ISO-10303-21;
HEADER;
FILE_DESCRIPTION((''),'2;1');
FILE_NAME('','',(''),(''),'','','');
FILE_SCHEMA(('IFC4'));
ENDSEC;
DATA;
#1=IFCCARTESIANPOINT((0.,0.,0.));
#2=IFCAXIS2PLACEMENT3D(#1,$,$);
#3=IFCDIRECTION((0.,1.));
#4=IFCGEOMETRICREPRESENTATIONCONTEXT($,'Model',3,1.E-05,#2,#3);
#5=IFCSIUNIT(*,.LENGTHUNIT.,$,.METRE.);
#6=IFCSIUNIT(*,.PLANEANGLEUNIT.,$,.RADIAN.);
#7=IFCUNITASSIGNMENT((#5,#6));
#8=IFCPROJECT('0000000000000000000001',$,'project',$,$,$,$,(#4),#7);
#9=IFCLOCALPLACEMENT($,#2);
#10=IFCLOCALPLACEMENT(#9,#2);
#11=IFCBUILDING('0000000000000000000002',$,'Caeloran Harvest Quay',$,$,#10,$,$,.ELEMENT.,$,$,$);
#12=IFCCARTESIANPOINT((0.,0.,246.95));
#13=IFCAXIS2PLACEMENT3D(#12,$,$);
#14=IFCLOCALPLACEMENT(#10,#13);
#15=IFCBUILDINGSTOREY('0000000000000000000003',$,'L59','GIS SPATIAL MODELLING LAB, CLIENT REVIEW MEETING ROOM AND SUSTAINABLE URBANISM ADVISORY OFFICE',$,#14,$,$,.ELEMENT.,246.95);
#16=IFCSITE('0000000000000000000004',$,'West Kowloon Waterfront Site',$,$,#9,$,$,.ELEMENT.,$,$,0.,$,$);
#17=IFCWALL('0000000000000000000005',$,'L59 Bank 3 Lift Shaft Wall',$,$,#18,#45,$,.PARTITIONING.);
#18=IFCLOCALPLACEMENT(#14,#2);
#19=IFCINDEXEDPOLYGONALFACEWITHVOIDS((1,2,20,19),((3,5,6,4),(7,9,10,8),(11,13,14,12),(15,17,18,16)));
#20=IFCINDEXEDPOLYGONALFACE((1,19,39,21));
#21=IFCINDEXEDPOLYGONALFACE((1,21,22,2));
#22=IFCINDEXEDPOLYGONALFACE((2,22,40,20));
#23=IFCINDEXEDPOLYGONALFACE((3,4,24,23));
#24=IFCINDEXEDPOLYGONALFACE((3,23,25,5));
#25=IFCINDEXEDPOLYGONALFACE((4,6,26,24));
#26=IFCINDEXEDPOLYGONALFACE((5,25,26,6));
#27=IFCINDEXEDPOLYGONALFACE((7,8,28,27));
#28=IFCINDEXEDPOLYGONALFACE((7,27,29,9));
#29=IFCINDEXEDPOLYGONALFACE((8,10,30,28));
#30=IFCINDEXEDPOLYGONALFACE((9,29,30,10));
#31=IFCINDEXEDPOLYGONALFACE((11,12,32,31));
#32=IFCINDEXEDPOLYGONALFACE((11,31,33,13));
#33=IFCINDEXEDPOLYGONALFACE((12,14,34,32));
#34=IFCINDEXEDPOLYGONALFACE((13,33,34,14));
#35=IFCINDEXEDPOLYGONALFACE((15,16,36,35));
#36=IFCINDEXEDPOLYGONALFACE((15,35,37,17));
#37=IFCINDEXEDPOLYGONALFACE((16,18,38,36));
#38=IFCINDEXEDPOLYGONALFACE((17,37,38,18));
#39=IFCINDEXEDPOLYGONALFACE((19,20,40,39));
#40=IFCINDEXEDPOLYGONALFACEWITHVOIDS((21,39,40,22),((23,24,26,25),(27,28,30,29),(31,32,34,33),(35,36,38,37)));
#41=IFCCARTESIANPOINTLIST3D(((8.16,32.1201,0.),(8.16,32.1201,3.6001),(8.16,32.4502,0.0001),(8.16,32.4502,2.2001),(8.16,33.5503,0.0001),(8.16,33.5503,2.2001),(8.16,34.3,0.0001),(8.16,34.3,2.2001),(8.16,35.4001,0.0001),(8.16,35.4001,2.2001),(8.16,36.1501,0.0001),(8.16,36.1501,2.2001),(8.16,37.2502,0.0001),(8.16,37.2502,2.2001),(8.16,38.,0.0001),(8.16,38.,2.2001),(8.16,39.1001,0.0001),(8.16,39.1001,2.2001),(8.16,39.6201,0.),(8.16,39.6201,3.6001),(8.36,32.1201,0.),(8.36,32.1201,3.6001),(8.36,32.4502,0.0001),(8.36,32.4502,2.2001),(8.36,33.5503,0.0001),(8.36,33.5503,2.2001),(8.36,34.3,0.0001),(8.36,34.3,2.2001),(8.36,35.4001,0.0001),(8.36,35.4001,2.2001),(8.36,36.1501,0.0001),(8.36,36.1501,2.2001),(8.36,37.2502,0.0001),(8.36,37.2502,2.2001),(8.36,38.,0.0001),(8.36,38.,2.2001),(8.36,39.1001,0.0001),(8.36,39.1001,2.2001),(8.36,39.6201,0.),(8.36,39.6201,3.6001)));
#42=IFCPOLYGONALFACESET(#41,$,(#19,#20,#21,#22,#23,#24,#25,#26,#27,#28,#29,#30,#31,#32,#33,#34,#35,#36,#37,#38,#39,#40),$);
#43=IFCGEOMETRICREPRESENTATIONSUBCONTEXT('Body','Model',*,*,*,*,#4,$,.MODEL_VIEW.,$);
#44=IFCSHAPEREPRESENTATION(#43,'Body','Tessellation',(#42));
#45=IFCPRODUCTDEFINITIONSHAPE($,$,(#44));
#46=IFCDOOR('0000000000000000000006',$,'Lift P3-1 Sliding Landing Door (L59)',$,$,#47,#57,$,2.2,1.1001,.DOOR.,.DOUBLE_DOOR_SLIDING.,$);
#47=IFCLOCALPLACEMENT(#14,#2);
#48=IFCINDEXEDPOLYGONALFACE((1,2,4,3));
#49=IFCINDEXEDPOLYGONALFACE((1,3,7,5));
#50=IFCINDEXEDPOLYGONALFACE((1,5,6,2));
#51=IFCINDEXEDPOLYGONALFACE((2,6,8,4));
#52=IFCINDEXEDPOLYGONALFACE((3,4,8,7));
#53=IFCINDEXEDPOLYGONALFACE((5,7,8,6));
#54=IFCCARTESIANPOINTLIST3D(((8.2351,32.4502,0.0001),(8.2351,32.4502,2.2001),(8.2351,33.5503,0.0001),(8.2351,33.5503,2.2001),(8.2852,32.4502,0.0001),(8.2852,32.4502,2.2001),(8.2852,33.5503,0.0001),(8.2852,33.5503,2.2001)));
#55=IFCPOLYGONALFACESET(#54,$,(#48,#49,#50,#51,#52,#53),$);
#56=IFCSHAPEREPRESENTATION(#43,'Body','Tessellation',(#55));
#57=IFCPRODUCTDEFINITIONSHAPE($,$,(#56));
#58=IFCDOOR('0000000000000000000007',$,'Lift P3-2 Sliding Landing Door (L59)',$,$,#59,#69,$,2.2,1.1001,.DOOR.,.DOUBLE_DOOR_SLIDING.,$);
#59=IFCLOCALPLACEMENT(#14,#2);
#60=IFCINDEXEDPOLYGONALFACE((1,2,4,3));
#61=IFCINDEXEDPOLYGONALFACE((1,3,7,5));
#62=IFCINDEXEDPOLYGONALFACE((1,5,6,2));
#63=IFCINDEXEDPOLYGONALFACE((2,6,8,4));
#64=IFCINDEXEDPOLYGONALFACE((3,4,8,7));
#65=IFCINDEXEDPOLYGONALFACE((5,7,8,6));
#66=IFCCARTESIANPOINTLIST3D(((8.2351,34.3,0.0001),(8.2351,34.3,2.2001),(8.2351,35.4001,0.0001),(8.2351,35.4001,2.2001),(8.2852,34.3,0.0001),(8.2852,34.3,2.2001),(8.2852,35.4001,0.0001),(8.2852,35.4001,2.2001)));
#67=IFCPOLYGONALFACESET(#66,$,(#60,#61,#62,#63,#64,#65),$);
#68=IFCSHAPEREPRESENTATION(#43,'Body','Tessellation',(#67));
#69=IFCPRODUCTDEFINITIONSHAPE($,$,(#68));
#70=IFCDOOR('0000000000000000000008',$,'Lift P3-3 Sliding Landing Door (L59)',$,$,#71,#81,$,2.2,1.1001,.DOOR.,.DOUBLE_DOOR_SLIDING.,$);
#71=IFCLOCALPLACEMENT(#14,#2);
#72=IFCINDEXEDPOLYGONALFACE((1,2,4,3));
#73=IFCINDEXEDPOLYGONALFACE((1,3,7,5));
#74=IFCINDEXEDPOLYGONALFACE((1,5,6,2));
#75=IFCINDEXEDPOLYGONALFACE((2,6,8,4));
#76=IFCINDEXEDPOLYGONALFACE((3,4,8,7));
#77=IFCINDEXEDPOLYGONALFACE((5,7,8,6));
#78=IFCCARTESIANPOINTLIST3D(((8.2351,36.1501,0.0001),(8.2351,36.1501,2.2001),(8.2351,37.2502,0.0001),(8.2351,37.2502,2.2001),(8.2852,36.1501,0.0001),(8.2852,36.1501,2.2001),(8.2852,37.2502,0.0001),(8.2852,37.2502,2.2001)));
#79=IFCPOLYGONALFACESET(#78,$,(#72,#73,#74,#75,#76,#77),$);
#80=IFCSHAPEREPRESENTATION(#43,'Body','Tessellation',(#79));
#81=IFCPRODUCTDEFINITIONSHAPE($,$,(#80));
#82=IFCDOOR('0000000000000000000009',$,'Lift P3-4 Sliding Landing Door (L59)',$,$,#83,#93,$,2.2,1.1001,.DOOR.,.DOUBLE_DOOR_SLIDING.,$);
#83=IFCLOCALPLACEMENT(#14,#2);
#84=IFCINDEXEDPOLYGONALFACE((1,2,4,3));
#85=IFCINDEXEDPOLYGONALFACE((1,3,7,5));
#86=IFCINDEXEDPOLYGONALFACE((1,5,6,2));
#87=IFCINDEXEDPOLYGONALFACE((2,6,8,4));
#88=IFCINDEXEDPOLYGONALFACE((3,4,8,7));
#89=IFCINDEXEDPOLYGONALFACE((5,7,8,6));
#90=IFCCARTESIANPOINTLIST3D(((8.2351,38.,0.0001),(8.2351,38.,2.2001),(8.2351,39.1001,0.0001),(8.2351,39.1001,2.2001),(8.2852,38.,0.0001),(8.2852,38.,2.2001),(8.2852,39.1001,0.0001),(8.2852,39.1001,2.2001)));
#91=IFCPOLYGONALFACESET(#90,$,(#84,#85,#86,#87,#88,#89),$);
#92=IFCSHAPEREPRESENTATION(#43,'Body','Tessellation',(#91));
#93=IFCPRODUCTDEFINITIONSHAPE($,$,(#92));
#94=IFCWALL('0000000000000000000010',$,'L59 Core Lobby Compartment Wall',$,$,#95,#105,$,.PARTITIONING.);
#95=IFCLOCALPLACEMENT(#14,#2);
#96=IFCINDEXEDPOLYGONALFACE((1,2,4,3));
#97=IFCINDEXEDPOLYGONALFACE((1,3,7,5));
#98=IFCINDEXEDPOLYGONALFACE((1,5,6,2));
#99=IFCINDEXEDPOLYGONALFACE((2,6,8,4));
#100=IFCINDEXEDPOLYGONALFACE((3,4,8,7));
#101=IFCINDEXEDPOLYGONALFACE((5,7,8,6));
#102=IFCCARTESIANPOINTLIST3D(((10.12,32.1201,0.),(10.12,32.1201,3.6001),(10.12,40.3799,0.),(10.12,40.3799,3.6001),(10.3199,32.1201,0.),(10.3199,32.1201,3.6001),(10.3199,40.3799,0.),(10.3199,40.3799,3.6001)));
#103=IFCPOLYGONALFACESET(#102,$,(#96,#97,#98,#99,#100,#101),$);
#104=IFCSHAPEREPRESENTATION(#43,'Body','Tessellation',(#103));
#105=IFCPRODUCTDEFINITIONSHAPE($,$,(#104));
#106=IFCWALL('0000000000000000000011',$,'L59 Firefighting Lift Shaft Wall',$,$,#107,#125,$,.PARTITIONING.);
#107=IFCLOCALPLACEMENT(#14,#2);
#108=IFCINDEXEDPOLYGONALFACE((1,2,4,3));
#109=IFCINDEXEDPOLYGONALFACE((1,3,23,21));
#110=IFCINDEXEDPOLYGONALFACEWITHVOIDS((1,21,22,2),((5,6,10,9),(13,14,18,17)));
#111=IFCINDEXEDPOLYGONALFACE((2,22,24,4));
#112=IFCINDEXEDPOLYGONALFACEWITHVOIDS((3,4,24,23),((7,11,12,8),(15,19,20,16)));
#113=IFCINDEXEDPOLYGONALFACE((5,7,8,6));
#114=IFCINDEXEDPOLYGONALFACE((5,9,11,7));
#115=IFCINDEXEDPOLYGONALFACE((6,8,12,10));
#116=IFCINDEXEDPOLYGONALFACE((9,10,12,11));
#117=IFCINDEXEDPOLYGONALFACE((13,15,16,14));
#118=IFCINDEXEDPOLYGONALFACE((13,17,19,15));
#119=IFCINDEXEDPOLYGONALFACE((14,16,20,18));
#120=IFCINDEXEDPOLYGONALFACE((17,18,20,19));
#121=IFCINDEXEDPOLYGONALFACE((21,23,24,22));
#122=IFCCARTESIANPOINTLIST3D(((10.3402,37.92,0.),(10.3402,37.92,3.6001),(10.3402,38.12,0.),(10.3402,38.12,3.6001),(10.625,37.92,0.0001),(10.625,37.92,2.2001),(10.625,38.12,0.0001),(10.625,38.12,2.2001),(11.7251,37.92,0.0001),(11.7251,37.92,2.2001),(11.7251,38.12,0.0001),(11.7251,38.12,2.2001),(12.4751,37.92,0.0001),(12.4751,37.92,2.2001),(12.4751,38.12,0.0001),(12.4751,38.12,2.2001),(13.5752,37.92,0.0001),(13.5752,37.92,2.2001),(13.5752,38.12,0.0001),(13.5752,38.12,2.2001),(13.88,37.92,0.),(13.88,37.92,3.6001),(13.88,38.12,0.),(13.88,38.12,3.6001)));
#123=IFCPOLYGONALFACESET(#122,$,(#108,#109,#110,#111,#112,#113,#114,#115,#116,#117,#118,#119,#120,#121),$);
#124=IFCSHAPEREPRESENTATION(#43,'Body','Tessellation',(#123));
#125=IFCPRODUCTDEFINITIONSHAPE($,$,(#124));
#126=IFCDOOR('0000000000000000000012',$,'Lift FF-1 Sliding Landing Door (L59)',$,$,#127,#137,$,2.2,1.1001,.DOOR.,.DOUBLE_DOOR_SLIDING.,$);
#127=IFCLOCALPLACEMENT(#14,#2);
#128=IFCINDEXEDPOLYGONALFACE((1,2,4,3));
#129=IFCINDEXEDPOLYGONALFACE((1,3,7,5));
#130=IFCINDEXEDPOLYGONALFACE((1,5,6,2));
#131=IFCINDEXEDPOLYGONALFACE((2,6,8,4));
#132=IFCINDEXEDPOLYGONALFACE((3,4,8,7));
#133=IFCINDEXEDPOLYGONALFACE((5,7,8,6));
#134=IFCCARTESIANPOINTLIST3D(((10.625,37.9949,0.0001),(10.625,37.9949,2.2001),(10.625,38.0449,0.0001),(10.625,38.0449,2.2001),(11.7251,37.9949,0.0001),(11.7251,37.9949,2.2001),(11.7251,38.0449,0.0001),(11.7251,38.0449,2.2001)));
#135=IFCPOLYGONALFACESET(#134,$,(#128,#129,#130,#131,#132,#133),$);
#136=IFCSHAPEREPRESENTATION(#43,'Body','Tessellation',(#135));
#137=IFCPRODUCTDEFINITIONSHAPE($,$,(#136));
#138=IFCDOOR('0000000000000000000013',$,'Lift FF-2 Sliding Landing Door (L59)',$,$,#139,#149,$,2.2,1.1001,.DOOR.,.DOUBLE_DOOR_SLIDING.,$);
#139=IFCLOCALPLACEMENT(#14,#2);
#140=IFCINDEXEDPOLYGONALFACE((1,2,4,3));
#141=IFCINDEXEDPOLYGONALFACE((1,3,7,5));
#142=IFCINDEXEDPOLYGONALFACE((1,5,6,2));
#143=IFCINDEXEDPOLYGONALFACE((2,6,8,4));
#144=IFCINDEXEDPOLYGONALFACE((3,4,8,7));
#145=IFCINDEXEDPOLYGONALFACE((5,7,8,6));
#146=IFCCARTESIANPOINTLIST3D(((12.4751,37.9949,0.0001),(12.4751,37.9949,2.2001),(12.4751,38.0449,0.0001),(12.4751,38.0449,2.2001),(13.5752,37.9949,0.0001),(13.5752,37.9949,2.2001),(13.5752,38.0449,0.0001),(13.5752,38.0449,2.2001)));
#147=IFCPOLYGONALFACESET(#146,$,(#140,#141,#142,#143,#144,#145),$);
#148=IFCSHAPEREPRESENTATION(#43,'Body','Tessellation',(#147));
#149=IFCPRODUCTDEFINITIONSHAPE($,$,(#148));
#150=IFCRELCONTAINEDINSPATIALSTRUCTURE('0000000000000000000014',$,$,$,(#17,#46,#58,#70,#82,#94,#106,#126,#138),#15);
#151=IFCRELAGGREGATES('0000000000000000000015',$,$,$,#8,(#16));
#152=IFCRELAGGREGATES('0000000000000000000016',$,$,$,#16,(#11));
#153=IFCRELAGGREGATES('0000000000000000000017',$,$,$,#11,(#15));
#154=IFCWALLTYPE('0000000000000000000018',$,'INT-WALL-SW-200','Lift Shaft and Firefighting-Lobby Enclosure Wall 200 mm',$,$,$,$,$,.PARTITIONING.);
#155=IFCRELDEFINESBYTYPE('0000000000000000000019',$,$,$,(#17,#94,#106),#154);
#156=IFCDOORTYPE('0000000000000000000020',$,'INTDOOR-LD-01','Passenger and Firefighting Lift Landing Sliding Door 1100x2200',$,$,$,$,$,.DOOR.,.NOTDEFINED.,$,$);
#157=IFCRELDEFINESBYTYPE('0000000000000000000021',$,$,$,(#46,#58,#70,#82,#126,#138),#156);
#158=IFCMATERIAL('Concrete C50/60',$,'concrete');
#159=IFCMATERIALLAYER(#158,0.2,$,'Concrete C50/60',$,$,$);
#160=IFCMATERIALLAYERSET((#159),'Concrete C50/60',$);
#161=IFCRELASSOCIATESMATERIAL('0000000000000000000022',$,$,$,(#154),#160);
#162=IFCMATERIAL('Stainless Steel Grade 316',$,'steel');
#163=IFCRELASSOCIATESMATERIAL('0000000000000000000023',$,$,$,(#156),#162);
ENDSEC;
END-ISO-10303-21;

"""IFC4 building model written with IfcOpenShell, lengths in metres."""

from ifc_helpers import new_model, si_unit, direction, frame, frame_2d, origin, place, context, subcontext, project, spatial, rectangle, extrude, material, layer, layer_set, type_object, element, fill, save


model = new_model("IFC4")

# Units and contexts
model_context = context("Model", 3, precision=1e-05, world=origin(), true_north=direction((0.0, 1.0)))
body_context = subcontext(model_context, "Body", "Model", "MODEL_VIEW")
ifc_project = project(units=[si_unit("LENGTHUNIT", "METRE"), si_unit("PLANEANGLEUNIT", "RADIAN")], contexts=[model_context])

# Site, building, storey
site_placement = place(None, origin())
site = spatial("IfcSite", under=ifc_project, at=site_placement, Name="West Kowloon Waterfront Site", CompositionType="ELEMENT", RefElevation=0.0)
building_placement = place(site_placement, origin())
building = spatial("IfcBuilding", under=site, at=building_placement, Name="Caeloran Harvest Quay", CompositionType="ELEMENT")
storey_placement = place(building_placement, frame((0.0, 0.0, 246.95)))
storey = spatial("IfcBuildingStorey", under=building, at=storey_placement, Name="L59", Description="GIS SPATIAL MODELLING LAB, CLIENT REVIEW MEETING ROOM AND SUSTAINABLE URBANISM ADVISORY OFFICE", CompositionType="ELEMENT", Elevation=246.95)

# Wall, openings, doors
ifc_material_1 = material(Name="Concrete C50/60", Category="concrete")
ifc_layer_1 = layer(ifc_material_1, 0.2, Name="Concrete C50/60")
ifc_layer_set_1 = layer_set([ifc_layer_1], Name="Concrete C50/60")
wall_type_1 = type_object("IfcWallType", Name="INT-WALL-SW-200", Description="Lift Shaft and Firefighting-Lobby Enclosure Wall 200 mm", PredefinedType="PARTITIONING", material=ifc_layer_set_1)
wall_1_placement = place(storey_placement, frame((8.26, 32.1201, 0.0), z_axis=(0.0, 0.0, 1.0), x_axis=(0.0, 1.0, 0.0)))
wall_1 = element("IfcWall", 1, at=wall_1_placement, inside=storey, type_object=wall_type_1, Name="L59 Bank 3 Lift Shaft Wall", PredefinedType="PARTITIONING", context=body_context, shape_type="SweptSolid", body=[
    extrude(rectangle(XDim=7.5, YDim=0.2, at=frame_2d((3.75, 0.0))), origin(), (0.0, 0.0, 1.0), 3.6001),
])
opening_1_placement = place(wall_1_placement, frame((0.3301, 0.0, 0.0)))
opening_1 = element("IfcOpeningElement", 2, at=opening_1_placement, cuts=wall_1, PredefinedType="OPENING", context=body_context, shape_type="SweptSolid", body=[
    extrude(rectangle(XDim=1.1001, YDim=2.2, at=frame_2d((0.55, 1.1001))), frame((0.0, 0.1099, 0.0), z_axis=(0.0, -1.0, 0.0), x_axis=(1.0, 0.0, 0.0)), (0.0, 0.0, 1.0), 0.22),
])
opening_2_placement = place(wall_1_placement, frame((2.1799, 0.0, 0.0)))
opening_2 = element("IfcOpeningElement", 3, at=opening_2_placement, cuts=wall_1, PredefinedType="OPENING", context=body_context, shape_type="SweptSolid", body=[
    extrude(rectangle(XDim=1.1001, YDim=2.2, at=frame_2d((0.55, 1.1001))), frame((0.0, 0.1099, 0.0), z_axis=(0.0, -1.0, 0.0), x_axis=(1.0, 0.0, 0.0)), (0.0, 0.0, 1.0), 0.22),
])
opening_3_placement = place(wall_1_placement, frame((4.03, 0.0, 0.0)))
opening_3 = element("IfcOpeningElement", 4, at=opening_3_placement, cuts=wall_1, PredefinedType="OPENING", context=body_context, shape_type="SweptSolid", body=[
    extrude(rectangle(XDim=1.1001, YDim=2.2, at=frame_2d((0.55, 1.1001))), frame((0.0, 0.1099, 0.0), z_axis=(0.0, -1.0, 0.0), x_axis=(1.0, 0.0, 0.0)), (0.0, 0.0, 1.0), 0.22),
])
opening_4_placement = place(wall_1_placement, frame((5.8799, 0.0, 0.0)))
opening_4 = element("IfcOpeningElement", 5, at=opening_4_placement, cuts=wall_1, PredefinedType="OPENING", context=body_context, shape_type="SweptSolid", body=[
    extrude(rectangle(XDim=1.1001, YDim=2.2, at=frame_2d((0.55, 1.1001))), frame((0.0, 0.1099, 0.0), z_axis=(0.0, -1.0, 0.0), x_axis=(1.0, 0.0, 0.0)), (0.0, 0.0, 1.0), 0.22),
])
ifc_material_2 = material(Name="Stainless Steel Grade 316", Category="steel")
door_type_1 = type_object("IfcDoorType", Name="INTDOOR-LD-01", Description="Passenger and Firefighting Lift Landing Sliding Door 1100x2200", OperationType="NOTDEFINED", PredefinedType="DOOR", material=ifc_material_2)
door_1_placement = place(opening_1_placement, origin())
door_1 = element("IfcDoor", 6, at=door_1_placement, inside=storey, type_object=door_type_1, Name="Lift P3-1 Sliding Landing Door (L59)", OperationType="DOUBLE_DOOR_SLIDING", OverallHeight=2.2, OverallWidth=1.1001, PredefinedType="DOOR", context=body_context, shape_type="SweptSolid", body=[
    extrude(rectangle(XDim=1.1001, YDim=2.2, at=frame_2d((0.55, 1.1001))), frame((0.0, 0.0249, 0.0), z_axis=(0.0, -1.0, 0.0), x_axis=(1.0, 0.0, 0.0)), (0.0, 0.0, 1.0), 0.05),
])
fill(opening_1, door_1)
door_2_placement = place(opening_2_placement, origin())
door_2 = element("IfcDoor", 7, at=door_2_placement, inside=storey, type_object=door_type_1, Name="Lift P3-2 Sliding Landing Door (L59)", OperationType="DOUBLE_DOOR_SLIDING", OverallHeight=2.2, OverallWidth=1.1001, PredefinedType="DOOR", context=body_context, shape_type="SweptSolid", body=[
    extrude(rectangle(XDim=1.1001, YDim=2.2, at=frame_2d((0.55, 1.1001))), frame((0.0, 0.0249, 0.0), z_axis=(0.0, -1.0, 0.0), x_axis=(1.0, 0.0, 0.0)), (0.0, 0.0, 1.0), 0.05),
])
fill(opening_2, door_2)
door_3_placement = place(opening_3_placement, origin())
door_3 = element("IfcDoor", 8, at=door_3_placement, inside=storey, type_object=door_type_1, Name="Lift P3-3 Sliding Landing Door (L59)", OperationType="DOUBLE_DOOR_SLIDING", OverallHeight=2.2, OverallWidth=1.1001, PredefinedType="DOOR", context=body_context, shape_type="SweptSolid", body=[
    extrude(rectangle(XDim=1.1001, YDim=2.2, at=frame_2d((0.55, 1.1001))), frame((0.0, 0.0249, 0.0), z_axis=(0.0, -1.0, 0.0), x_axis=(1.0, 0.0, 0.0)), (0.0, 0.0, 1.0), 0.05),
])
fill(opening_3, door_3)
door_4_placement = place(opening_4_placement, origin())
door_4 = element("IfcDoor", 9, at=door_4_placement, inside=storey, type_object=door_type_1, Name="Lift P3-4 Sliding Landing Door (L59)", OperationType="DOUBLE_DOOR_SLIDING", OverallHeight=2.2, OverallWidth=1.1001, PredefinedType="DOOR", context=body_context, shape_type="SweptSolid", body=[
    extrude(rectangle(XDim=1.1001, YDim=2.2, at=frame_2d((0.55, 1.1001))), frame((0.0, 0.0249, 0.0), z_axis=(0.0, -1.0, 0.0), x_axis=(1.0, 0.0, 0.0)), (0.0, 0.0, 1.0), 0.05),
])
fill(opening_4, door_4)

# Wall
wall_2_placement = place(storey_placement, frame((10.22, 32.1201, 0.0), z_axis=(0.0, 0.0, 1.0), x_axis=(0.0, 1.0, 0.0)))
element("IfcWall", 10, at=wall_2_placement, inside=storey, type_object=wall_type_1, Name="L59 Core Lobby Compartment Wall", PredefinedType="PARTITIONING", context=body_context, shape_type="SweptSolid", body=[
    extrude(rectangle(XDim=8.2598, YDim=0.2, at=frame_2d((4.1299, 0.0))), origin(), (0.0, 0.0, 1.0), 3.6001),
])

# Wall, openings, doors
wall_3_placement = place(storey_placement, frame((10.3401, 38.02, 0.0), z_axis=(0.0, 0.0, 1.0), x_axis=(1.0, 0.0, 0.0)))
wall_3 = element("IfcWall", 11, at=wall_3_placement, inside=storey, type_object=wall_type_1, Name="L59 Firefighting Lift Shaft Wall", PredefinedType="PARTITIONING", context=body_context, shape_type="SweptSolid", body=[
    extrude(rectangle(XDim=3.5398, YDim=0.2, at=frame_2d((1.77, 0.0))), origin(), (0.0, 0.0, 1.0), 3.6001),
])
opening_5_placement = place(wall_3_placement, frame((0.2849, 0.0, 0.0)))
opening_5 = element("IfcOpeningElement", 12, at=opening_5_placement, cuts=wall_3, PredefinedType="OPENING", context=body_context, shape_type="SweptSolid", body=[
    extrude(rectangle(XDim=1.1001, YDim=2.2, at=frame_2d((0.55, 1.1001))), frame((0.0, 0.1099, 0.0), z_axis=(0.0, -1.0, 0.0), x_axis=(1.0, 0.0, 0.0)), (0.0, 0.0, 1.0), 0.22),
])
opening_6_placement = place(wall_3_placement, frame((2.135, 0.0, 0.0)))
opening_6 = element("IfcOpeningElement", 13, at=opening_6_placement, cuts=wall_3, PredefinedType="OPENING", context=body_context, shape_type="SweptSolid", body=[
    extrude(rectangle(XDim=1.1001, YDim=2.2, at=frame_2d((0.55, 1.1001))), frame((0.0, 0.1099, 0.0), z_axis=(0.0, -1.0, 0.0), x_axis=(1.0, 0.0, 0.0)), (0.0, 0.0, 1.0), 0.22),
])
door_5_placement = place(opening_5_placement, origin())
door_5 = element("IfcDoor", 14, at=door_5_placement, inside=storey, type_object=door_type_1, Name="Lift FF-1 Sliding Landing Door (L59)", OperationType="DOUBLE_DOOR_SLIDING", OverallHeight=2.2, OverallWidth=1.1001, PredefinedType="DOOR", context=body_context, shape_type="SweptSolid", body=[
    extrude(rectangle(XDim=1.1001, YDim=2.2, at=frame_2d((0.55, 1.1001))), frame((0.0, 0.0249, 0.0), z_axis=(0.0, -1.0, 0.0), x_axis=(1.0, 0.0, 0.0)), (0.0, 0.0, 1.0), 0.05),
])
fill(opening_5, door_5)
door_6_placement = place(opening_6_placement, origin())
door_6 = element("IfcDoor", 15, at=door_6_placement, inside=storey, type_object=door_type_1, Name="Lift FF-2 Sliding Landing Door (L59)", OperationType="DOUBLE_DOOR_SLIDING", OverallHeight=2.2, OverallWidth=1.1001, PredefinedType="DOOR", context=body_context, shape_type="SweptSolid", body=[
    extrude(rectangle(XDim=1.1001, YDim=2.2, at=frame_2d((0.55, 1.1001))), frame((0.0, 0.0249, 0.0), z_axis=(0.0, -1.0, 0.0), x_axis=(1.0, 0.0, 0.0)), (0.0, 0.0, 1.0), 0.05),
])
fill(opening_6, door_6)

save(model, "model.ifc")
